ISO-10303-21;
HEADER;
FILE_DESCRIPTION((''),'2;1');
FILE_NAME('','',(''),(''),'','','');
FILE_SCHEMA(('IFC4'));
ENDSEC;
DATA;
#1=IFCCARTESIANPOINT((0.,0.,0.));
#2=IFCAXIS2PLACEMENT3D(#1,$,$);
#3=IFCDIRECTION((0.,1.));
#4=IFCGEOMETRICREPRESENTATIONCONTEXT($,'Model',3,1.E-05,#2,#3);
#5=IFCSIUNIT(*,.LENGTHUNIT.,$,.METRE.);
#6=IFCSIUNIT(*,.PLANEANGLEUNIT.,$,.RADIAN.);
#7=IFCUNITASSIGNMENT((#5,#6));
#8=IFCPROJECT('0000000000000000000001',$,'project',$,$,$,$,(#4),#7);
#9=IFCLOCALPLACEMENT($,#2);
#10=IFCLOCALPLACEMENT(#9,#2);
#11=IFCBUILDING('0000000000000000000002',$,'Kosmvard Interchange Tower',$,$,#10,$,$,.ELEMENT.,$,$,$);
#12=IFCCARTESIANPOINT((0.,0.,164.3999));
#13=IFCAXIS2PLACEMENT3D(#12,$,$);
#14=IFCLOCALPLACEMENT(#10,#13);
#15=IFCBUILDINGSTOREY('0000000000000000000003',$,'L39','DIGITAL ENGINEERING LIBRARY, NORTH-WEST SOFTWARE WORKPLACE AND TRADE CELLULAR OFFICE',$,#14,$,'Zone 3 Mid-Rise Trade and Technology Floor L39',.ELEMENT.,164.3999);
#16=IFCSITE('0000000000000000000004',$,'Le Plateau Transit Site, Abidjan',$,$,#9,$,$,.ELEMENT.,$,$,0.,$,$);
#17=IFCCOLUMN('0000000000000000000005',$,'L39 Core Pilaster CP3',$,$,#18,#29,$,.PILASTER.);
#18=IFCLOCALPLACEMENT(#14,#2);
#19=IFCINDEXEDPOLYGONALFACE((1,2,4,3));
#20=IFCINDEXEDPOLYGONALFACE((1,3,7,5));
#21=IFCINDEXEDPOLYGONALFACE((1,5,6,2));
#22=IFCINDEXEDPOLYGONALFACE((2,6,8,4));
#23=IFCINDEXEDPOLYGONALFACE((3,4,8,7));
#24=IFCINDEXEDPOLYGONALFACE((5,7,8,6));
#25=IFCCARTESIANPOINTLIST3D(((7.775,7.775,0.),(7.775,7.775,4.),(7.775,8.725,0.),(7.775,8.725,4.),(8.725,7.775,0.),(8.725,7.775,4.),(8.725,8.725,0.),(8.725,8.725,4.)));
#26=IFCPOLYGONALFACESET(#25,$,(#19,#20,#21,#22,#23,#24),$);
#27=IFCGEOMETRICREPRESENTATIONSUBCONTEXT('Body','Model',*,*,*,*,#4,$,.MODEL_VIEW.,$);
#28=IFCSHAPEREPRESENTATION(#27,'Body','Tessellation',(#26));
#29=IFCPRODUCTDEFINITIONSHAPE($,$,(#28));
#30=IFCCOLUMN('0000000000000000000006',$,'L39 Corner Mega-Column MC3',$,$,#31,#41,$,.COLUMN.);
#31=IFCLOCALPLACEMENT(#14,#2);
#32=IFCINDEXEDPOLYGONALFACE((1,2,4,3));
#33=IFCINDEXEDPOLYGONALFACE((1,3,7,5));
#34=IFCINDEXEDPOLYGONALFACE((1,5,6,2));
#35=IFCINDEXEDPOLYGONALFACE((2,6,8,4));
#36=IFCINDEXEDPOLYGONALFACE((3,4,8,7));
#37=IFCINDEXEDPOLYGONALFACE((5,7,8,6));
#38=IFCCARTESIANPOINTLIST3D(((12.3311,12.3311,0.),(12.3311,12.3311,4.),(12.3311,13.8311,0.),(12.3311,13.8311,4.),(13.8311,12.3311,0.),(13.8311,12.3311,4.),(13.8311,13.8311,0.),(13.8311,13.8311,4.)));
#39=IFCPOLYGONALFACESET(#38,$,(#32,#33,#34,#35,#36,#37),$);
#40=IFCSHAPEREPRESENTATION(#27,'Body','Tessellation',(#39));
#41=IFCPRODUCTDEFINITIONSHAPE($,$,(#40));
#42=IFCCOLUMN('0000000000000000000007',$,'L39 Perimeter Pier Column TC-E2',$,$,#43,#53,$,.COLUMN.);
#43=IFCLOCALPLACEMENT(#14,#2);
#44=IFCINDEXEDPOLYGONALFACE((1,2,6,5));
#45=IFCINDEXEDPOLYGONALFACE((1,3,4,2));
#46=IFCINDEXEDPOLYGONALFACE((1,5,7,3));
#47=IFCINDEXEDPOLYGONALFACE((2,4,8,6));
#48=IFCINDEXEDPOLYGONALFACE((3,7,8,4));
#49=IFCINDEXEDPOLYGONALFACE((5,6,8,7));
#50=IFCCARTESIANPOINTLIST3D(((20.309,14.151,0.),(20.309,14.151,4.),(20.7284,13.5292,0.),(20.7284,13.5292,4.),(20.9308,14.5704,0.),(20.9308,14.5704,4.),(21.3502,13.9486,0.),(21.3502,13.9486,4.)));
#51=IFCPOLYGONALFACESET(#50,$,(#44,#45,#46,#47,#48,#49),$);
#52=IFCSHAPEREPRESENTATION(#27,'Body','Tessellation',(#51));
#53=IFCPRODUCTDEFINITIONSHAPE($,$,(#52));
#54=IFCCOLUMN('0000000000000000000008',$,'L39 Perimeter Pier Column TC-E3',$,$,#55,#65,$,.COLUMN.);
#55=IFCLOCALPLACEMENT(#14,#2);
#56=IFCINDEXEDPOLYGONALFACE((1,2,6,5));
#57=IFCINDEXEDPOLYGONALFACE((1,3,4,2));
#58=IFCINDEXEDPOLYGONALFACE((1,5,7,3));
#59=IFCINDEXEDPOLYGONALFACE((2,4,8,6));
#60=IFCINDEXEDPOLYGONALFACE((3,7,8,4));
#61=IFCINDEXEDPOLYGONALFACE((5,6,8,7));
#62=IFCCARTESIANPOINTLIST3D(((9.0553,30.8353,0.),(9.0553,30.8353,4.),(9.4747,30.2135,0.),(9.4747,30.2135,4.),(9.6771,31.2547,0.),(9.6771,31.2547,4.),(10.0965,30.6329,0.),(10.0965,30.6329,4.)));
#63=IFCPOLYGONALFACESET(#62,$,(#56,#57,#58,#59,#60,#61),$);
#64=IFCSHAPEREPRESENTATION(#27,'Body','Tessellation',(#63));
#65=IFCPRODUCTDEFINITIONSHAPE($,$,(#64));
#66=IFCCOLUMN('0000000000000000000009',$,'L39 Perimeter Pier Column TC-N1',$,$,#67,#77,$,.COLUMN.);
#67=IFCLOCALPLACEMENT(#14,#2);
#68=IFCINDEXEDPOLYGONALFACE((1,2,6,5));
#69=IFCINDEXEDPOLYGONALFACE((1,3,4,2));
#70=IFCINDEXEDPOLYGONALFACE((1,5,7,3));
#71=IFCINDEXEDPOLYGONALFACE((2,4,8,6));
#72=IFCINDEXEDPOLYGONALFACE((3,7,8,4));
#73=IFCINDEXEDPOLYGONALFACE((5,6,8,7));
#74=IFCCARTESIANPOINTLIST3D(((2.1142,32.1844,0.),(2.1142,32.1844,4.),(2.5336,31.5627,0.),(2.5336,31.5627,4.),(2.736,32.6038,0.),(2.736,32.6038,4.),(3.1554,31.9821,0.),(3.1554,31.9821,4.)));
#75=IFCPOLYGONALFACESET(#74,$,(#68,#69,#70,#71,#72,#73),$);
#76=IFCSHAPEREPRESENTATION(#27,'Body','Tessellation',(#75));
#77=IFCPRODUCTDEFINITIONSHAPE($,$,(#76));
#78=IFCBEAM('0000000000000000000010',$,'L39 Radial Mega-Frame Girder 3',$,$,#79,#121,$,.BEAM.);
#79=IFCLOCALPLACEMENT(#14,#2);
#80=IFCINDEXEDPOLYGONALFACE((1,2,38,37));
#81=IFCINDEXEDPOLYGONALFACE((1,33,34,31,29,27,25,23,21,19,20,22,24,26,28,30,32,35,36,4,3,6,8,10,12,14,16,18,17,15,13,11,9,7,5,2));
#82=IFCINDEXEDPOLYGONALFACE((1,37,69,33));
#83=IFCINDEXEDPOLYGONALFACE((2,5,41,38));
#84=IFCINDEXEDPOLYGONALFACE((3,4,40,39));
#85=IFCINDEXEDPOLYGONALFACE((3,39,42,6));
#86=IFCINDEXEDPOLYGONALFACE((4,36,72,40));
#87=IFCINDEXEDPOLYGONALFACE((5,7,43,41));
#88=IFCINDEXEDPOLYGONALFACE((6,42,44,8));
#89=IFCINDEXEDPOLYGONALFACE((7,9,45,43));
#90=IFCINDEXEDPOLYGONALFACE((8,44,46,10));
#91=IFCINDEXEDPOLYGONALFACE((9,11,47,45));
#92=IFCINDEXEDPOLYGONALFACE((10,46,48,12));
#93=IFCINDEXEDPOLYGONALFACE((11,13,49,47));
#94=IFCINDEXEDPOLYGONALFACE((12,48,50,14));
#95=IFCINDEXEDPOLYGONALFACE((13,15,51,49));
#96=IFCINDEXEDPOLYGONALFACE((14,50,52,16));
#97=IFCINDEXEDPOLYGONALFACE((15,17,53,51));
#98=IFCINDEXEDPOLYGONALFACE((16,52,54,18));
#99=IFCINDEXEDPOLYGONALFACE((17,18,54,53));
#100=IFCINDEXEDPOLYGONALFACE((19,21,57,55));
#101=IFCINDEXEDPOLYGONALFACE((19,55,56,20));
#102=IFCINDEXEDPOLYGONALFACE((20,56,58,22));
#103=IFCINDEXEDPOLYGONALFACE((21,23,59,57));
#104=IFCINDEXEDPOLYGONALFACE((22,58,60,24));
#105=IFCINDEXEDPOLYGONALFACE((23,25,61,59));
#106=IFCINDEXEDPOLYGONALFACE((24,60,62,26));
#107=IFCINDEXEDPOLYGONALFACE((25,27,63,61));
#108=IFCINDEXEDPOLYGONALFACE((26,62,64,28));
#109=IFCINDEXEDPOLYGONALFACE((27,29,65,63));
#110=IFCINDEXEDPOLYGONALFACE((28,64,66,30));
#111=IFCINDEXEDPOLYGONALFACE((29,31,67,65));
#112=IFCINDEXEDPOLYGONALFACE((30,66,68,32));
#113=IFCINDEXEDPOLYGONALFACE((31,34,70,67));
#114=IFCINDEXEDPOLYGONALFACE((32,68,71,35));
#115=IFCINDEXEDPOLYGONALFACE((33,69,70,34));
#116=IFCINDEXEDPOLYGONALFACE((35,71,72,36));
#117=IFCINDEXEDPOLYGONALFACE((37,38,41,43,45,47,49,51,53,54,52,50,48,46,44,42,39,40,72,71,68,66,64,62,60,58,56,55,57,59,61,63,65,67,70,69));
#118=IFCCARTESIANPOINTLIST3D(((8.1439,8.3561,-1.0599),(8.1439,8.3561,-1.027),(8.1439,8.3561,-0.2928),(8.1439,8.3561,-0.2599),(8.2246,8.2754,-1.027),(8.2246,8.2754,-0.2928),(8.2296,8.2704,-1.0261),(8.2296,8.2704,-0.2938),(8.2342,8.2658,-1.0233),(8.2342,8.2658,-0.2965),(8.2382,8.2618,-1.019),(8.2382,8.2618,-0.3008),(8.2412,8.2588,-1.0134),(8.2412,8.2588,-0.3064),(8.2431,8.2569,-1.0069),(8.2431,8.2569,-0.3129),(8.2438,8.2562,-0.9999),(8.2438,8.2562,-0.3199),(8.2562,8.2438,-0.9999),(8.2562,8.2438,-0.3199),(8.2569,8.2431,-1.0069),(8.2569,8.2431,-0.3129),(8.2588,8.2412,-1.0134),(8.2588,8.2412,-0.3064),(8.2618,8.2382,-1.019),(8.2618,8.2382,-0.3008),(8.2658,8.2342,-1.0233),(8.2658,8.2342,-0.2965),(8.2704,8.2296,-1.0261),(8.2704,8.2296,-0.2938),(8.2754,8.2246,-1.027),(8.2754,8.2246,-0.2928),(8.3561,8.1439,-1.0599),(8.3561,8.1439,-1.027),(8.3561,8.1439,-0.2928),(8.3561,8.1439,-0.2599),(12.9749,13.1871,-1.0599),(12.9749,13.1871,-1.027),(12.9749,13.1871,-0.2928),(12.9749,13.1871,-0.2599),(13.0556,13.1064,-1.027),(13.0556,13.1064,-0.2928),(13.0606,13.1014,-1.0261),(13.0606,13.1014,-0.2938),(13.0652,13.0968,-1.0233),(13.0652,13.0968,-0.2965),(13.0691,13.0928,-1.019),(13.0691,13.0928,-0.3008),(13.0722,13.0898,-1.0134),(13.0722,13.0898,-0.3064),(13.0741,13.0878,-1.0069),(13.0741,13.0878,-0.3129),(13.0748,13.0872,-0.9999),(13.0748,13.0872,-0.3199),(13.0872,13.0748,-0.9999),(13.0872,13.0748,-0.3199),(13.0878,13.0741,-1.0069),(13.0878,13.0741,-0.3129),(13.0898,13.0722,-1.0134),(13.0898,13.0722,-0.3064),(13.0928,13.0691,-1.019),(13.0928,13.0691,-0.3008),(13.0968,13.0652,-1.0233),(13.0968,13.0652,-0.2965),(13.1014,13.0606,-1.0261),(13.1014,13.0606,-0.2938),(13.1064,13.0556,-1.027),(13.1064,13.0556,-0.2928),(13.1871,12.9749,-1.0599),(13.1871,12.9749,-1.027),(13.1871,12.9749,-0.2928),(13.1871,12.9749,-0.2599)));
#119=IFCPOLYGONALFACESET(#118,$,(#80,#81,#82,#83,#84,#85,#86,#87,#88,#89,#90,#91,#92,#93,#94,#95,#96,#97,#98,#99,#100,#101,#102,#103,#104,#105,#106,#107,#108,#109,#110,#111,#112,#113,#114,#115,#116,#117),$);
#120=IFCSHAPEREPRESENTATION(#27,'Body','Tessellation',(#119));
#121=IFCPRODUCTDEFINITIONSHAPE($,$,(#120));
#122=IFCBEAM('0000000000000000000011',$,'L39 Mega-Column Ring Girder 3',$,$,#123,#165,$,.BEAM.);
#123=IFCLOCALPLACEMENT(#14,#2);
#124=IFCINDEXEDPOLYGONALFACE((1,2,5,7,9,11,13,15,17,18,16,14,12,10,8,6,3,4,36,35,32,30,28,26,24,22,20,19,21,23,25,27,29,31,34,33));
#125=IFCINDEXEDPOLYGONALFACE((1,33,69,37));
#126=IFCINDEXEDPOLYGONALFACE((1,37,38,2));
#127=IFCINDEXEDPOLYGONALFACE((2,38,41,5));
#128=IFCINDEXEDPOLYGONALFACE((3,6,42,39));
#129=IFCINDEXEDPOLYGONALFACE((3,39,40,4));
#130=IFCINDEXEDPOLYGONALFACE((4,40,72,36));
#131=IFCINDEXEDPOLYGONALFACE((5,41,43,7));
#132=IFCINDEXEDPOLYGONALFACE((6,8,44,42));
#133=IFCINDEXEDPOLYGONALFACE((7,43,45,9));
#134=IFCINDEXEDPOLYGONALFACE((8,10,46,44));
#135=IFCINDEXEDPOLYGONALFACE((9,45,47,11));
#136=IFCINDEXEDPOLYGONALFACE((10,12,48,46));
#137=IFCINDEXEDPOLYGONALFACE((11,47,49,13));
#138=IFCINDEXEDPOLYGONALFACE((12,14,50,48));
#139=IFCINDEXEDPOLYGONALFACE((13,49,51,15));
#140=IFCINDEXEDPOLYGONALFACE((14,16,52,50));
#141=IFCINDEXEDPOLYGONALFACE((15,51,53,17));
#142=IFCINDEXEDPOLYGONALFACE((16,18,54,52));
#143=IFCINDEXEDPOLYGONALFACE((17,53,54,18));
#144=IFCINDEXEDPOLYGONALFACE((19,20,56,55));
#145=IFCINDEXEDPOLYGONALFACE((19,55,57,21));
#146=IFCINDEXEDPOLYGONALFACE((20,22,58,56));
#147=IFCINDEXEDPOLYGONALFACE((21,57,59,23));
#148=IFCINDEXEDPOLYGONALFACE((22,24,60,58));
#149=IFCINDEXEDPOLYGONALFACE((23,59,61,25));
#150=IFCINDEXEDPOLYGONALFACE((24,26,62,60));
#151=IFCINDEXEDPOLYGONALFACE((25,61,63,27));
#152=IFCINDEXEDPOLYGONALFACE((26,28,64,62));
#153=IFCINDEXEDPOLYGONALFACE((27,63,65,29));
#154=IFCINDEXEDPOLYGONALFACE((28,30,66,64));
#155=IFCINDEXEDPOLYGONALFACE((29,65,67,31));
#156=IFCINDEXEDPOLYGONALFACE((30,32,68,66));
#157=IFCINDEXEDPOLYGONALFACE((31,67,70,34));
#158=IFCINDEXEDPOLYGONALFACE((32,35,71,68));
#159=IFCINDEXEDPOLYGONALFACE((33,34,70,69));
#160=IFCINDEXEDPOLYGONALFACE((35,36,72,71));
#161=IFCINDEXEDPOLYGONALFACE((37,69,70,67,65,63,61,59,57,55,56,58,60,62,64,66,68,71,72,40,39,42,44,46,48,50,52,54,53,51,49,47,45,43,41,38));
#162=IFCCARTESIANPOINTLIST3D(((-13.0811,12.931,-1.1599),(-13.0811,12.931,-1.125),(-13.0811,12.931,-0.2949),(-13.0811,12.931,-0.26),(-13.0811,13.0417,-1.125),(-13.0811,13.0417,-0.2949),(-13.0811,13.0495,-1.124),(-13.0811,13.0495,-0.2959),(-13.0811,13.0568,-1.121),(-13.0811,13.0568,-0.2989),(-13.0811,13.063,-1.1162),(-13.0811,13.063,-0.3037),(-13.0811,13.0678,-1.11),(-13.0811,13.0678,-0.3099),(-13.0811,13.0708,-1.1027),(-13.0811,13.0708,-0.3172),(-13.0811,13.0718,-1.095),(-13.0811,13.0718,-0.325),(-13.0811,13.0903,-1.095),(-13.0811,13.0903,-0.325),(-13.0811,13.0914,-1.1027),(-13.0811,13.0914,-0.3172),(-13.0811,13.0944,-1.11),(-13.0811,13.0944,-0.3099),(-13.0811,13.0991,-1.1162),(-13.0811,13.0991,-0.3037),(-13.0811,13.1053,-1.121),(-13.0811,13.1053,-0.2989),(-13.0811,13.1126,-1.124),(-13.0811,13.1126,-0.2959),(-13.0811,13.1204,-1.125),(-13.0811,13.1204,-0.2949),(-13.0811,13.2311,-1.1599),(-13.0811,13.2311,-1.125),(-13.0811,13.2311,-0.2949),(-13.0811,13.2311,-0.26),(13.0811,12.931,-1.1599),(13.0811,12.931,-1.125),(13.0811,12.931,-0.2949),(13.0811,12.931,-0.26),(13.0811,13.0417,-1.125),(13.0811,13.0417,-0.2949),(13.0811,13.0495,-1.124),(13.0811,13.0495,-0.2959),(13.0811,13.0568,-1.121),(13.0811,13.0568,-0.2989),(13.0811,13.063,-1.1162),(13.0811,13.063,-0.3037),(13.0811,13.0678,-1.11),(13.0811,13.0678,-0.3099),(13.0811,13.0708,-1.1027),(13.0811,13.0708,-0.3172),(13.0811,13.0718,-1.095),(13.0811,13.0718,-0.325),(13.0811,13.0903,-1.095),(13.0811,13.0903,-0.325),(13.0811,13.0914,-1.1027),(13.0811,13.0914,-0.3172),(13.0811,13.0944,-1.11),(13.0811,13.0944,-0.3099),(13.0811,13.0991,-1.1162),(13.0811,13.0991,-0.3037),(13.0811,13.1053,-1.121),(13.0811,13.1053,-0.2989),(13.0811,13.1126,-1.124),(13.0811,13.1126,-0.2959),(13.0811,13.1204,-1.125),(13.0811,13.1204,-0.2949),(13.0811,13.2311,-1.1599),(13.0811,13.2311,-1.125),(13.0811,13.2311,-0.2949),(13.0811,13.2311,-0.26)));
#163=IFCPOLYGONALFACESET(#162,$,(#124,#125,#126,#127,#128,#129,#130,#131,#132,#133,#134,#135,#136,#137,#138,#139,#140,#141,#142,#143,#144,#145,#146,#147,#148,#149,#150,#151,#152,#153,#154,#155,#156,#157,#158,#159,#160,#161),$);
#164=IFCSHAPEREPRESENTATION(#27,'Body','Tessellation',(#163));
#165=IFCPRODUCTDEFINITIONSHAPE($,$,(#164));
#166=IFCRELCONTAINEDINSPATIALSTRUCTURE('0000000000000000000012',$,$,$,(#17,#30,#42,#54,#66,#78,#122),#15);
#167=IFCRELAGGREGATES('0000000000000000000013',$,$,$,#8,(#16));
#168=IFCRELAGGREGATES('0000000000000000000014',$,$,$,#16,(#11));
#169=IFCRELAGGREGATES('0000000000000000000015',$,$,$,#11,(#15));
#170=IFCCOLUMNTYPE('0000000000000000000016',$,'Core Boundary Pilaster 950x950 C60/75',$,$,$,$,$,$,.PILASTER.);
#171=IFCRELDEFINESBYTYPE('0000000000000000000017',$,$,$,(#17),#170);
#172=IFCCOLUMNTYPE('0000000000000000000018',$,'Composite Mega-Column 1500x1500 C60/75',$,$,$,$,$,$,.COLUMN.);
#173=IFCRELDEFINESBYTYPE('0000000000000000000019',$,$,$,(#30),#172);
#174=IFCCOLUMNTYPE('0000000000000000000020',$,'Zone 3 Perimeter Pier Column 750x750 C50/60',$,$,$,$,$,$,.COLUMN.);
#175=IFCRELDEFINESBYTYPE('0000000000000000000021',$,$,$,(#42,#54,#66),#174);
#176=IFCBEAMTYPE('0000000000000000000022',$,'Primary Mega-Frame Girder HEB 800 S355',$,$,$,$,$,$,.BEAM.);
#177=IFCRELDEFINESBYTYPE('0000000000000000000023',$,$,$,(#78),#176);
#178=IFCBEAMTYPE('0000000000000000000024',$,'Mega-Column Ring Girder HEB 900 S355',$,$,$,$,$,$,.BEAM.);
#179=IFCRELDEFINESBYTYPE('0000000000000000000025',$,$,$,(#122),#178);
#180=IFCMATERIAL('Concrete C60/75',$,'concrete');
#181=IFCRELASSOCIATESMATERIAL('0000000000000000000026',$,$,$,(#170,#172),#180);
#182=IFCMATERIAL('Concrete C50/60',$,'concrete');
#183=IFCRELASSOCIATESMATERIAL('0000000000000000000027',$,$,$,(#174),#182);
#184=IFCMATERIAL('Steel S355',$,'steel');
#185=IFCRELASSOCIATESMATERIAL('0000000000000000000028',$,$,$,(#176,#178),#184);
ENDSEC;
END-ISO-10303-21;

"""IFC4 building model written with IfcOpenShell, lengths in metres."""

from ifc_helpers import new_model, si_unit, direction, frame, origin, origin_2d, place, context, subcontext, project, spatial, rectangle, i_section, extrude, source, transform, mapped, material, material_profile, profile_set, type_object, element, save


model = new_model("IFC4")

# Units and contexts
model_context = context("Model", 3, precision=1e-05, world=origin(), true_north=direction((0.0, 1.0)))
body_context = subcontext(model_context, "Body", "Model", "MODEL_VIEW")
ifc_project = project(units=[si_unit("LENGTHUNIT", "METRE"), si_unit("PLANEANGLEUNIT", "RADIAN")], contexts=[model_context])

# Site, building, storey
site_placement = place(None, origin())
site = spatial("IfcSite", under=ifc_project, at=site_placement, Name="Le Plateau Transit Site, Abidjan", CompositionType="ELEMENT", RefElevation=0.0)
building_placement = place(site_placement, origin())
building = spatial("IfcBuilding", under=site, at=building_placement, Name="Kosmvard Interchange Tower", CompositionType="ELEMENT")
storey_placement = place(building_placement, frame((0.0, 0.0, 164.3999)))
storey = spatial("IfcBuildingStorey", under=building, at=storey_placement, Name="L39", Description="DIGITAL ENGINEERING LIBRARY, NORTH-WEST SOFTWARE WORKPLACE AND TRADE CELLULAR OFFICE", LongName="Zone 3 Mid-Rise Trade and Technology Floor L39", CompositionType="ELEMENT", Elevation=164.3999)

# Columns
ifc_material_1 = material(Name="Concrete C60/75", Category="concrete")
ifc_material_profile_1 = material_profile(ifc_material_1, rectangle(XDim=0.95, YDim=0.95, at=origin_2d()), Name="CP 950x950")
ifc_profile_set_1 = profile_set([ifc_material_profile_1], Name="Concrete C60/75")
column_type_1 = type_object("IfcColumnType", Name="Core Boundary Pilaster 950x950 C60/75", PredefinedType="PILASTER", material=ifc_profile_set_1)
shared_shape_1 = source(origin(), body_context, "Body", "SweptSolid", [
    extrude(rectangle(XDim=0.95, YDim=0.95, at=origin_2d()), origin(), (0.0, 0.0, 1.0), 4.0),
])
column_1_placement = place(storey_placement, frame((8.25, 8.25, 0.0), z_axis=(0.0, 0.0, 1.0), x_axis=(1.0, 0.0, 0.0)))
element("IfcColumn", 1, at=column_1_placement, inside=storey, type_object=column_type_1, Name="L39 Core Pilaster CP3", PredefinedType="PILASTER", context=body_context, shape_type="MappedRepresentation", body=[
    mapped(shared_shape_1, transform((0.0, 0.0, 0.0), scale=1.0)),
])
ifc_material_profile_2 = material_profile(ifc_material_1, rectangle(XDim=1.5, YDim=1.5, at=origin_2d()), Name="MC 1500x1500")
ifc_profile_set_2 = profile_set([ifc_material_profile_2], Name="Concrete C60/75")
column_type_2 = type_object("IfcColumnType", Name="Composite Mega-Column 1500x1500 C60/75", PredefinedType="COLUMN", material=ifc_profile_set_2)
shared_shape_2 = source(origin(), body_context, "Body", "SweptSolid", [
    extrude(rectangle(XDim=1.5, YDim=1.5, at=origin_2d()), origin(), (0.0, 0.0, 1.0), 4.0),
])
column_2_placement = place(storey_placement, frame((13.0811, 13.0811, 0.0), z_axis=(0.0, 0.0, 1.0), x_axis=(1.0, 0.0, 0.0)))
element("IfcColumn", 2, at=column_2_placement, inside=storey, type_object=column_type_2, Name="L39 Corner Mega-Column MC3", PredefinedType="COLUMN", context=body_context, shape_type="MappedRepresentation", body=[
    mapped(shared_shape_2, transform((0.0, 0.0, 0.0), scale=1.0)),
])
ifc_material_2 = material(Name="Concrete C50/60", Category="concrete")
ifc_material_profile_3 = material_profile(ifc_material_2, rectangle(XDim=0.75, YDim=0.75, at=origin_2d()), Name="TC 750x750")
ifc_profile_set_3 = profile_set([ifc_material_profile_3], Name="Concrete C50/60")
column_type_3 = type_object("IfcColumnType", Name="Zone 3 Perimeter Pier Column 750x750 C50/60", PredefinedType="COLUMN", material=ifc_profile_set_3)
shared_shape_3 = source(origin(), body_context, "Body", "SweptSolid", [
    extrude(rectangle(XDim=0.75, YDim=0.75, at=origin_2d()), origin(), (0.0, 0.0, 1.0), 4.0),
])
for number, where, z_axis, x_axis, name in (
    (3, (20.8296, 14.0498, 0.0), (0.0, 0.0, 1.0), (0.829038, 0.559193, 0.0), "L39 Perimeter Pier Column TC-E2"),
    (4, (9.5759, 30.7341, 0.0), (0.0, 0.0, 1.0), (0.829038, 0.559193, 0.0), "L39 Perimeter Pier Column TC-E3"),
    (5, (2.6348, 32.0833, 0.0), (0.0, 0.0, 1.0), (0.829038, 0.559193, 0.0), "L39 Perimeter Pier Column TC-N1"),
):
    element("IfcColumn", number, at=place(storey_placement, frame(where, z_axis=z_axis, x_axis=x_axis)), inside=storey, type_object=column_type_3, Name=name, PredefinedType="COLUMN", context=body_context, shape_type="MappedRepresentation", body=[
        mapped(shared_shape_3, transform((0.0, 0.0, 0.0), scale=1.0)),
    ])

# Beams
ifc_material_3 = material(Name="Steel S355", Category="steel")
ifc_material_profile_4 = material_profile(ifc_material_3, i_section(OverallWidth=0.3, OverallDepth=0.8, WebThickness=0.0176, FlangeThickness=0.033, FilletRadius=0.0271, at=origin_2d()), Name="HEB 800")
ifc_profile_set_4 = profile_set([ifc_material_profile_4], Name="Steel S355")
beam_type_1 = type_object("IfcBeamType", Name="Primary Mega-Frame Girder HEB 800 S355", PredefinedType="BEAM", material=ifc_profile_set_4)
shared_shape_4 = source(origin(), body_context, "Body", "SweptSolid", [
    extrude(i_section(OverallWidth=0.3, OverallDepth=0.8, WebThickness=0.0176, FlangeThickness=0.033, FilletRadius=0.0271, at=origin_2d()), origin(), (0.0, 0.0, 1.0), 6.832),
])
beam_1_placement = place(storey_placement, frame((8.25, 8.25, -0.6599), z_axis=(0.707107, 0.707107, 0.0), x_axis=(-0.707107, 0.707107, 0.0)))
element("IfcBeam", 6, at=beam_1_placement, inside=storey, type_object=beam_type_1, Name="L39 Radial Mega-Frame Girder 3", PredefinedType="BEAM", context=body_context, shape_type="MappedRepresentation", body=[
    mapped(shared_shape_4, transform((0.0, 0.0, 0.0), scale=1.0)),
])
ifc_material_profile_5 = material_profile(ifc_material_3, i_section(OverallWidth=0.3, OverallDepth=0.8999, WebThickness=0.0186, FlangeThickness=0.0349, FilletRadius=0.03, at=origin_2d()), Name="HEB 900")
ifc_profile_set_5 = profile_set([ifc_material_profile_5], Name="Steel S355")
beam_type_2 = type_object("IfcBeamType", Name="Mega-Column Ring Girder HEB 900 S355", PredefinedType="BEAM", material=ifc_profile_set_5)
shared_shape_5 = source(origin(), body_context, "Body", "SweptSolid", [
    extrude(i_section(OverallWidth=0.3, OverallDepth=0.8999, WebThickness=0.0186, FlangeThickness=0.0349, FilletRadius=0.03, at=origin_2d()), origin(), (0.0, 0.0, 1.0), 26.1621),
])
beam_2_placement = place(storey_placement, frame((13.0811, 13.0811, -0.71), z_axis=(-1.0, 0.0, 0.0), x_axis=(0.0, -1.0, 0.0)))
element("IfcBeam", 7, at=beam_2_placement, inside=storey, type_object=beam_type_2, Name="L39 Mega-Column Ring Girder 3", PredefinedType="BEAM", context=body_context, shape_type="MappedRepresentation", body=[
    mapped(shared_shape_5, transform((0.0, 0.0, 0.0), scale=1.0)),
])

save(model, "model.ifc")
